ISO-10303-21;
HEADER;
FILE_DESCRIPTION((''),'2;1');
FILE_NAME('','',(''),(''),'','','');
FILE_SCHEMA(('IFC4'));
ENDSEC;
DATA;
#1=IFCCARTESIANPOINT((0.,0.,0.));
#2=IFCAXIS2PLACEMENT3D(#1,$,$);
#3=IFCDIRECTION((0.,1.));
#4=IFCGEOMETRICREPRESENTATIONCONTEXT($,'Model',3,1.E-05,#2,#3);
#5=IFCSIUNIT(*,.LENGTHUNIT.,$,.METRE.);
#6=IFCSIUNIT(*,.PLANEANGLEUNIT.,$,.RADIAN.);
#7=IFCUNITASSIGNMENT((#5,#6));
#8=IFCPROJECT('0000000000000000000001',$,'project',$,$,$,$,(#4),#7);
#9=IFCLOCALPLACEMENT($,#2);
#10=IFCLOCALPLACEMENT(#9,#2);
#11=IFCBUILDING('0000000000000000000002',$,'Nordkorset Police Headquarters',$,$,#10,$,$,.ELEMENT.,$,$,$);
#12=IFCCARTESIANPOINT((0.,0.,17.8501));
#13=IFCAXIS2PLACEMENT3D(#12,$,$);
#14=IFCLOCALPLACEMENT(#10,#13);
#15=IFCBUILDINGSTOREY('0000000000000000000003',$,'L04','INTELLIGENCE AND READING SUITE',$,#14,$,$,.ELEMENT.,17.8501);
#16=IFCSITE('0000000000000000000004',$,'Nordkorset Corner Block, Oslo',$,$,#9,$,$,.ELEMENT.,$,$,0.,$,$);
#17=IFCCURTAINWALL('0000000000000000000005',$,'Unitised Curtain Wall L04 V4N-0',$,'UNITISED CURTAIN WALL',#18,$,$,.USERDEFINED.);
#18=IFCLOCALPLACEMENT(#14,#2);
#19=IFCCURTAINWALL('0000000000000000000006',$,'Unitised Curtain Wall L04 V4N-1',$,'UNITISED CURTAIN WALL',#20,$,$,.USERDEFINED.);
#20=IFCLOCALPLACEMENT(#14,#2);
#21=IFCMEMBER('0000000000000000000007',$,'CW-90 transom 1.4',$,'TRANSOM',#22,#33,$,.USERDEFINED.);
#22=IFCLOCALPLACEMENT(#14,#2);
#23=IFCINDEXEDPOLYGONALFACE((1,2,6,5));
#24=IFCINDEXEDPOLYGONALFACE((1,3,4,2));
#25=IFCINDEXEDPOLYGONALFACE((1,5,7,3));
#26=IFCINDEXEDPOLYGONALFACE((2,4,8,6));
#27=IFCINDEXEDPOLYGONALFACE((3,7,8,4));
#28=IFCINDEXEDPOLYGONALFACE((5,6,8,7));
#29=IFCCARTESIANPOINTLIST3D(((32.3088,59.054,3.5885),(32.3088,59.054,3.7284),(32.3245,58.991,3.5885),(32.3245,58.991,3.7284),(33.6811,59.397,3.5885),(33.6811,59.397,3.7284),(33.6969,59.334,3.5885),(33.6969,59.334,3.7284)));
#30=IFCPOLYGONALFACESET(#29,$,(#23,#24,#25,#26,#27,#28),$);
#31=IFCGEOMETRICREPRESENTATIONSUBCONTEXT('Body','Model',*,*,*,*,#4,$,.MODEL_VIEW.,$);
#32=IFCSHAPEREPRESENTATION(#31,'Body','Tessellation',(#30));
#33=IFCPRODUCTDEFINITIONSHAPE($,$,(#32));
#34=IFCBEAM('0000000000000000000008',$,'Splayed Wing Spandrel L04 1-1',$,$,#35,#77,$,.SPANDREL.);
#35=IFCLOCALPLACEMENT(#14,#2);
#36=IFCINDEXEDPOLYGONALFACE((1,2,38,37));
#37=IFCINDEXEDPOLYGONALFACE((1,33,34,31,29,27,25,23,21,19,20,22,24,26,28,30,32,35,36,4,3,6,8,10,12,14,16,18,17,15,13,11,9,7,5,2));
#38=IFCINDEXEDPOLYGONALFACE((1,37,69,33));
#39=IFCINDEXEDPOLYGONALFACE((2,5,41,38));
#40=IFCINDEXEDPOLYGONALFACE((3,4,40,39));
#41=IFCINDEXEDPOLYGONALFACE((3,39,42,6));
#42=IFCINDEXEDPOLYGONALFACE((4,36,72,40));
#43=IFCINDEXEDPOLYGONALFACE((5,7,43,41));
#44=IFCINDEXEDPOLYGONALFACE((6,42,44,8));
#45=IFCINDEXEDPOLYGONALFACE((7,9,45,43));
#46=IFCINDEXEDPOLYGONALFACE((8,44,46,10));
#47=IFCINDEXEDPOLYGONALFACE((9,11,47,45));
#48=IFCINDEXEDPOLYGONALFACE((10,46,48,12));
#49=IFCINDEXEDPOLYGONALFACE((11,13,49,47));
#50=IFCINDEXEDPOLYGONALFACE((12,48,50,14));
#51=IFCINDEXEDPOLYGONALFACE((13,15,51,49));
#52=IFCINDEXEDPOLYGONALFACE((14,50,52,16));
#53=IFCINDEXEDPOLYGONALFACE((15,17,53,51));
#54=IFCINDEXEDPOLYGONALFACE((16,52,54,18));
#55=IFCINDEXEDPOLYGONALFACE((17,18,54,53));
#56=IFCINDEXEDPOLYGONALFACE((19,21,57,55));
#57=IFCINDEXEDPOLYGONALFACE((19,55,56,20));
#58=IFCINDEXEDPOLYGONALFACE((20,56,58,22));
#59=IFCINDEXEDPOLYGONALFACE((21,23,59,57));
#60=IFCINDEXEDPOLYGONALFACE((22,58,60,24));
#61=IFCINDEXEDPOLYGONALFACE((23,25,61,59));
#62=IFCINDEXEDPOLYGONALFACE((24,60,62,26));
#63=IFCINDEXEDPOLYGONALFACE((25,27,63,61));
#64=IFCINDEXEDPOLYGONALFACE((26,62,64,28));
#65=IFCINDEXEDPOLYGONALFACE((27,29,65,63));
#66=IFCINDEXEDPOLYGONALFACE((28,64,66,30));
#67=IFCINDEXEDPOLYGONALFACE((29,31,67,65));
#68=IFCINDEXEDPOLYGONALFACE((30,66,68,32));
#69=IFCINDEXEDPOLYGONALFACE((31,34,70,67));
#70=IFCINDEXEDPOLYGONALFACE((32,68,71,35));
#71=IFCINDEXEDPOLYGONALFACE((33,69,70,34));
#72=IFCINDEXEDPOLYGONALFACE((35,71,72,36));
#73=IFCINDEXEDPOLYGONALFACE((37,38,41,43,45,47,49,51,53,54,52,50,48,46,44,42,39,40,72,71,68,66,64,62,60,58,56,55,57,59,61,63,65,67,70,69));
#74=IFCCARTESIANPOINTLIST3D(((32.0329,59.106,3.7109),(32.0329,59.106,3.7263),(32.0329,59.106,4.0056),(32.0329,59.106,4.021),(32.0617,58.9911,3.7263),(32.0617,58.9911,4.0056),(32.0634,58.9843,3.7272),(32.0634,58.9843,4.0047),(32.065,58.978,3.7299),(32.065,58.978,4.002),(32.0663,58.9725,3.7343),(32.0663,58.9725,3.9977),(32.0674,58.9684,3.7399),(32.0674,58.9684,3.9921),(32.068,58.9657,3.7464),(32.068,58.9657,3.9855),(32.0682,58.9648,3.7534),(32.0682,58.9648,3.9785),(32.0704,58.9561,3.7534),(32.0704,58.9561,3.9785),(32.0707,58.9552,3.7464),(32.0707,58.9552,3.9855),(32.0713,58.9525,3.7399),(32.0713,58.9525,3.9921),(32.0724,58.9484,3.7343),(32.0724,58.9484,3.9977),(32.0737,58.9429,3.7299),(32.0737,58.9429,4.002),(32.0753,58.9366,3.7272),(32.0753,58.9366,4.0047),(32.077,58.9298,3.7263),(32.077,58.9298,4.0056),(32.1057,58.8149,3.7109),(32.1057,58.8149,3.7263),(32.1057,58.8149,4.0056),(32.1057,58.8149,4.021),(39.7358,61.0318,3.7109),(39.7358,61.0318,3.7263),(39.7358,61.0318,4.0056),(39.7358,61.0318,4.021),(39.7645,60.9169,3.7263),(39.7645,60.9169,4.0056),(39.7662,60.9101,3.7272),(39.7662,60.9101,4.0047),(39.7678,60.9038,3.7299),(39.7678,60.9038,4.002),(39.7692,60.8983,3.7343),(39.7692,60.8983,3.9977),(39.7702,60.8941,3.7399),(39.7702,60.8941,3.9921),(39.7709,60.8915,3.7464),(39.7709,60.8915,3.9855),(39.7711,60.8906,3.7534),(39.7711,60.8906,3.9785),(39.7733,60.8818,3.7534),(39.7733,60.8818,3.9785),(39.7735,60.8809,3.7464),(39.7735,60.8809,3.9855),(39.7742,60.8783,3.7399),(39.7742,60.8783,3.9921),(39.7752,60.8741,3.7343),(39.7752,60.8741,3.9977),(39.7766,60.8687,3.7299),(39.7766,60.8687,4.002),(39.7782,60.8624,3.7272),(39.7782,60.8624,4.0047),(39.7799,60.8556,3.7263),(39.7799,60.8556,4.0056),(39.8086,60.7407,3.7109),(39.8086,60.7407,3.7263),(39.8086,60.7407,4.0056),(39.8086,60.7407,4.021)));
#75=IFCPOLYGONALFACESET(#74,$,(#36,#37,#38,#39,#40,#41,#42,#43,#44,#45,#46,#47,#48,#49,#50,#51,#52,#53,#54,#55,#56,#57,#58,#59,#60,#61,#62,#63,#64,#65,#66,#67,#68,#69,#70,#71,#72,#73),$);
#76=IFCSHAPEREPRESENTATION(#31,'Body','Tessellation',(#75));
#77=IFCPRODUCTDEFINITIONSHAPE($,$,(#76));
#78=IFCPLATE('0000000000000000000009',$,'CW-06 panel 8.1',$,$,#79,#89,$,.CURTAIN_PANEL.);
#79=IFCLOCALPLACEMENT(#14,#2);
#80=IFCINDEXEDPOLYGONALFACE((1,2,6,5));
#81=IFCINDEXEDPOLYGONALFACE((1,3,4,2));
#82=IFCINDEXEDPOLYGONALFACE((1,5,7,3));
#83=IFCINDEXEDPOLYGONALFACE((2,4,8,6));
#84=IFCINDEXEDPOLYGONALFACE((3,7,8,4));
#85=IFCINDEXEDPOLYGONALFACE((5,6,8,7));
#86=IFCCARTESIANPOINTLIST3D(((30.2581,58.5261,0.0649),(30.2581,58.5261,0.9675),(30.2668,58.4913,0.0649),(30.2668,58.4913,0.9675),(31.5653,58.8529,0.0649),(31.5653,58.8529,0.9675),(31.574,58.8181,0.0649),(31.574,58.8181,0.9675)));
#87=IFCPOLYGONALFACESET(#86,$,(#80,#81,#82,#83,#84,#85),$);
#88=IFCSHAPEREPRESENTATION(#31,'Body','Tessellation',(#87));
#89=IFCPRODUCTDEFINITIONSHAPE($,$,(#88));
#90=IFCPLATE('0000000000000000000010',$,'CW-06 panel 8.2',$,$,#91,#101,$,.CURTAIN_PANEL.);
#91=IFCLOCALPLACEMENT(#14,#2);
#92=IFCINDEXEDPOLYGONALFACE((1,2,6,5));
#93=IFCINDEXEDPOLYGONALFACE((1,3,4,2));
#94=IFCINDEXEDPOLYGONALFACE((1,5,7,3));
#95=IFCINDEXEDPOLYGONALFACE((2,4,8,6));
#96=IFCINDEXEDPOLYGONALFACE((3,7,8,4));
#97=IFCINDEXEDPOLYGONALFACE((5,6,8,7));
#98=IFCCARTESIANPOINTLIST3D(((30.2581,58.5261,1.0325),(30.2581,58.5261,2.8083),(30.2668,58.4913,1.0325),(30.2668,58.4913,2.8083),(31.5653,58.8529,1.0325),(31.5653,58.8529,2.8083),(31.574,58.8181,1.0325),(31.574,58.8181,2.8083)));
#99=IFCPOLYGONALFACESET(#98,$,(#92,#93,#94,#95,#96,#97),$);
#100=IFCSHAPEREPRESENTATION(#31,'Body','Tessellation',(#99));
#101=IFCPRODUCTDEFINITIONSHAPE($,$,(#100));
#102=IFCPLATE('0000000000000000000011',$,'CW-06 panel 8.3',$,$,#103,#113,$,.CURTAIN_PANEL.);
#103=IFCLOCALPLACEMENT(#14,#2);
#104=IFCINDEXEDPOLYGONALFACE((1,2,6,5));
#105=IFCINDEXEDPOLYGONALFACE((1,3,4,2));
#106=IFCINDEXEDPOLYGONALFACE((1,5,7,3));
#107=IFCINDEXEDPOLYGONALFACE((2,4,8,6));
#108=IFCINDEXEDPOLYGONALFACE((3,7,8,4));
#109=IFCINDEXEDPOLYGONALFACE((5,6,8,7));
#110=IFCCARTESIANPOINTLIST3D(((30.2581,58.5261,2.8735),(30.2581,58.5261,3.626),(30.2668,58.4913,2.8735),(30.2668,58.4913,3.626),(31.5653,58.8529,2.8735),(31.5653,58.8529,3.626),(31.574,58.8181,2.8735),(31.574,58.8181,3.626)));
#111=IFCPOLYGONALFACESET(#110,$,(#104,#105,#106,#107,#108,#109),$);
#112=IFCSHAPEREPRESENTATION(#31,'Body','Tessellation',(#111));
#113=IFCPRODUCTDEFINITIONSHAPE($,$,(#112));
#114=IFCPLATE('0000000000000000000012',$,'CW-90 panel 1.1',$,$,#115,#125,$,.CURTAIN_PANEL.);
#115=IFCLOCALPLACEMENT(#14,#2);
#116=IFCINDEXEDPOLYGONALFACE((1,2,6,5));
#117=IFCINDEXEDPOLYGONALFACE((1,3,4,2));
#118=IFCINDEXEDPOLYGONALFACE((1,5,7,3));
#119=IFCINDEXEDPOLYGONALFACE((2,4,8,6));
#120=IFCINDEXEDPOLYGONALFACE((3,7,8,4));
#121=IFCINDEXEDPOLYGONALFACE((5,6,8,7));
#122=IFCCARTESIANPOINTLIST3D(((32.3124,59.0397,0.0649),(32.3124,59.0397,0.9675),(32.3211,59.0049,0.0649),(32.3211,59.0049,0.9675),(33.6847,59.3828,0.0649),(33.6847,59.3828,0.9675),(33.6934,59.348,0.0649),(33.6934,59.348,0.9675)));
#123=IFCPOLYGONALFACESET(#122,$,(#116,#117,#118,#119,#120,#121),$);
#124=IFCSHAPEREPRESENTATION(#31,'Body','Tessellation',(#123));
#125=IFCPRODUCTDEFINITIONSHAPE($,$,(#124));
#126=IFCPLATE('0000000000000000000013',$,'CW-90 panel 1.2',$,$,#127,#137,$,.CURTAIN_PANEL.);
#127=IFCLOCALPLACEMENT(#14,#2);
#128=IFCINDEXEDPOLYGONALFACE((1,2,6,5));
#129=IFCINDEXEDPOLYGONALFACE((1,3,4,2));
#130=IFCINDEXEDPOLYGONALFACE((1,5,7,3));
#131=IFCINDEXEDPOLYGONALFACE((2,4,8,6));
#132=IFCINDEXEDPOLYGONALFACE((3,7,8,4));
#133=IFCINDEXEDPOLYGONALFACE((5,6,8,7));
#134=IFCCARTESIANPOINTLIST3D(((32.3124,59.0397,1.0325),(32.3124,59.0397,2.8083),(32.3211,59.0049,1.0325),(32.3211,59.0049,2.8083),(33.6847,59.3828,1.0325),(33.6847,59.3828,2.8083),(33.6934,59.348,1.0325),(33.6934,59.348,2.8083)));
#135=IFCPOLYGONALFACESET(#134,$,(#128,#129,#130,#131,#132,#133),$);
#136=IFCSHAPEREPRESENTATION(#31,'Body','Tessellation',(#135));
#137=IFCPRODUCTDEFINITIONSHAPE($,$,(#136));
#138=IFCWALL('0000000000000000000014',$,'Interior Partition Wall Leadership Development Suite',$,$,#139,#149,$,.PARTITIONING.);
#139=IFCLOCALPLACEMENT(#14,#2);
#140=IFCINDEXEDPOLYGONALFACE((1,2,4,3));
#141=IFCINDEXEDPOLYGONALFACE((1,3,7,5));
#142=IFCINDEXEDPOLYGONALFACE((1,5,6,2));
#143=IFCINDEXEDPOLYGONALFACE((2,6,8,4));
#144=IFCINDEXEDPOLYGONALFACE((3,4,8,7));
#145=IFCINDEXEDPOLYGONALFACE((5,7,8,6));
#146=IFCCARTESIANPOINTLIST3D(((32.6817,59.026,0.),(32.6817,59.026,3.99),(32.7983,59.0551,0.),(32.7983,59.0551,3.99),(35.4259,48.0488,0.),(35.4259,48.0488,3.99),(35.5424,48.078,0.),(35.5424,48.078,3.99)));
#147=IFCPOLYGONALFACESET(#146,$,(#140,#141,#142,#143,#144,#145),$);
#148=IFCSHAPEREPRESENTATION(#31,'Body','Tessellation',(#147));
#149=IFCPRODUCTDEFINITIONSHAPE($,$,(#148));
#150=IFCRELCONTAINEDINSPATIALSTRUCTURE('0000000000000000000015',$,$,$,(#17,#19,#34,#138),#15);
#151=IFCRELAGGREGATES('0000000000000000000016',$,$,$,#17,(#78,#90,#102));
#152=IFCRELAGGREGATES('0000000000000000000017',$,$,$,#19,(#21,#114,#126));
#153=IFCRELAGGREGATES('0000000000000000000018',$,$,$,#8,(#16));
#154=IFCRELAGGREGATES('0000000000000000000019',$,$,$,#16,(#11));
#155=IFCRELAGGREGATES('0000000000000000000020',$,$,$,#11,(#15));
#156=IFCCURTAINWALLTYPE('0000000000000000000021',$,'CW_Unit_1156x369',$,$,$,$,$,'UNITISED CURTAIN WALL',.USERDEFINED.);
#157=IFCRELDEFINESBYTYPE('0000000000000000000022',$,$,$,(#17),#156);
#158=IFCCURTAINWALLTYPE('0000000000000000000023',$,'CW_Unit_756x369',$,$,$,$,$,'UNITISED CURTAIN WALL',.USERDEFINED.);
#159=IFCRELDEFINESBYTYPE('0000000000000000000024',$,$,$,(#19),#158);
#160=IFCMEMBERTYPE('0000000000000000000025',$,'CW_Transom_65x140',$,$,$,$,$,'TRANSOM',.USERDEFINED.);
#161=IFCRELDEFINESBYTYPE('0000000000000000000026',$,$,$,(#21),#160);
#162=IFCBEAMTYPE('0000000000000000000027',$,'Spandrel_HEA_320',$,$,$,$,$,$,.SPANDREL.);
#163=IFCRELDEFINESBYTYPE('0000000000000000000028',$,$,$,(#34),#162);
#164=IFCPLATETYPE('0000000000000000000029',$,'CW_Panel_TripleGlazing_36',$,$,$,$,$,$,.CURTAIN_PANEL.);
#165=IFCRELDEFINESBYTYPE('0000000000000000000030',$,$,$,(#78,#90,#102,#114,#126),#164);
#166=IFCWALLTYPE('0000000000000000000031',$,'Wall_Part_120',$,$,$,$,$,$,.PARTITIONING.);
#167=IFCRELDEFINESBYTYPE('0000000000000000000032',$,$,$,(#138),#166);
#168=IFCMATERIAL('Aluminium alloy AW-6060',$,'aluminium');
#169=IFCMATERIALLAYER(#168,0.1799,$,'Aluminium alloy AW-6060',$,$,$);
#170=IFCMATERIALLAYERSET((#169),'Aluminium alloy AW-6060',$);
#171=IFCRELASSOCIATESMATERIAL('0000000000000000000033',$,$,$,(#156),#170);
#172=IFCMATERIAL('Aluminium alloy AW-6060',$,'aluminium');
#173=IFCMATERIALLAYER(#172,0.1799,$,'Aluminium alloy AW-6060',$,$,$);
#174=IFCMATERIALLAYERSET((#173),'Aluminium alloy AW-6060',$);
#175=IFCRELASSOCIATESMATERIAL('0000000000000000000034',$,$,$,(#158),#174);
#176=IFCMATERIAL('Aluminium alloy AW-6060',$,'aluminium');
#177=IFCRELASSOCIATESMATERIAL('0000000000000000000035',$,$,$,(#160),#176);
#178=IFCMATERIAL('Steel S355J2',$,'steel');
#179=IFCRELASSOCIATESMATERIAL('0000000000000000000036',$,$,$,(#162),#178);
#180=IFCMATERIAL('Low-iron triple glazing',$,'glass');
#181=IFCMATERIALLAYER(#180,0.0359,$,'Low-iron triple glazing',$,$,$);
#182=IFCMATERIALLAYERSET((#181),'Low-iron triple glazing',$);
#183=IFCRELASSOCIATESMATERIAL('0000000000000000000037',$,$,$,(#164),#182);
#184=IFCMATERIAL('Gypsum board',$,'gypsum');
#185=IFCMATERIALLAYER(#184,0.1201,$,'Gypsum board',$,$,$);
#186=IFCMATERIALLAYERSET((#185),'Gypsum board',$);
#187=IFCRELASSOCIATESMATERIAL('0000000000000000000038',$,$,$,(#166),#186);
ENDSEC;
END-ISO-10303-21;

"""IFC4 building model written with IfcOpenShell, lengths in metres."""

from ifc_helpers import new_model, si_unit, direction, frame, frame_2d, origin, origin_2d, place, context, subcontext, project, spatial, rectangle, i_section, extrude, material, layer, layer_set, material_profile, profile_set, type_object, element, aggregate, save


model = new_model("IFC4")

# Units and contexts
model_context = context("Model", 3, precision=1e-05, world=origin(), true_north=direction((0.0, 1.0)))
body_context = subcontext(model_context, "Body", "Model", "MODEL_VIEW")
ifc_project = project(units=[si_unit("LENGTHUNIT", "METRE"), si_unit("PLANEANGLEUNIT", "RADIAN")], contexts=[model_context])

# Site, building, storey
site_placement = place(None, origin())
site = spatial("IfcSite", under=ifc_project, at=site_placement, Name="Nordkorset Corner Block, Oslo", CompositionType="ELEMENT", RefElevation=0.0)
building_placement = place(site_placement, origin())
building = spatial("IfcBuilding", under=site, at=building_placement, Name="Nordkorset Police Headquarters", CompositionType="ELEMENT")
storey_placement = place(building_placement, frame((0.0, 0.0, 17.8501)))
storey = spatial("IfcBuildingStorey", under=building, at=storey_placement, Name="L04", Description="INTELLIGENCE AND READING SUITE", CompositionType="ELEMENT", Elevation=17.8501)

# Curtain wall
ifc_material_1 = material(Name="Aluminium alloy AW-6060", Category="aluminium")
ifc_layer_1 = layer(ifc_material_1, 0.1799, Name="Aluminium alloy AW-6060")
ifc_layer_set_1 = layer_set([ifc_layer_1], Name="Aluminium alloy AW-6060")
curtain_wall_type_1 = type_object("IfcCurtainWallType", Name="CW_Unit_1156x369", ElementType="UNITISED CURTAIN WALL", PredefinedType="USERDEFINED", material=ifc_layer_set_1)
curtain_wall_1_placement = place(storey_placement, origin())
curtain_wall_1 = element("IfcCurtainWall", 1, at=curtain_wall_1_placement, inside=storey, type_object=curtain_wall_type_1, Name="Unitised Curtain Wall L04 V4N-0", ObjectType="UNITISED CURTAIN WALL", PredefinedType="USERDEFINED")

# Curtain wall
ifc_material_2 = material(Name="Aluminium alloy AW-6060", Category="aluminium")
ifc_layer_2 = layer(ifc_material_2, 0.1799, Name="Aluminium alloy AW-6060")
ifc_layer_set_2 = layer_set([ifc_layer_2], Name="Aluminium alloy AW-6060")
curtain_wall_type_2 = type_object("IfcCurtainWallType", Name="CW_Unit_756x369", ElementType="UNITISED CURTAIN WALL", PredefinedType="USERDEFINED", material=ifc_layer_set_2)
curtain_wall_2_placement = place(storey_placement, origin())
curtain_wall_2 = element("IfcCurtainWall", 2, at=curtain_wall_2_placement, inside=storey, type_object=curtain_wall_type_2, Name="Unitised Curtain Wall L04 V4N-1", ObjectType="UNITISED CURTAIN WALL", PredefinedType="USERDEFINED")

# Member
ifc_material_3 = material(Name="Aluminium alloy AW-6060", Category="aluminium")
ifc_material_profile_1 = material_profile(ifc_material_3, rectangle(XDim=0.0649, YDim=0.1399, at=origin_2d()), Name="ALU TRAN 65x140")
ifc_profile_set_1 = profile_set([ifc_material_profile_1], Name="Aluminium alloy AW-6060")
member_type_1 = type_object("IfcMemberType", Name="CW_Transom_65x140", ElementType="TRANSOM", PredefinedType="USERDEFINED", material=ifc_profile_set_1)
member_1_placement = place(storey_placement, frame((32.3167, 59.0225, 3.6584), z_axis=(0.970153, 0.242495, 0.0), x_axis=(-0.242495, 0.970153, 0.0)))
member_1 = element("IfcMember", 3, at=member_1_placement, type_object=member_type_1, Name="CW-90 transom 1.4", ObjectType="TRANSOM", PredefinedType="USERDEFINED", context=body_context, shape_type="SweptSolid", body=[
    extrude(rectangle(XDim=0.0649, YDim=0.1399, at=origin_2d()), origin(), (0.0, 0.0, 1.0), 1.4146),
])

# Beam
ifc_material_4 = material(Name="Steel S355J2", Category="steel")
ifc_material_profile_2 = material_profile(ifc_material_4, i_section(OverallWidth=0.3, OverallDepth=0.3101, WebThickness=0.009, FlangeThickness=0.0154, FilletRadius=0.0271, at=origin_2d()), Name="HEA 320")
ifc_profile_set_2 = profile_set([ifc_material_profile_2], Name="Steel S355J2")
beam_type = type_object("IfcBeamType", Name="Spandrel_HEA_320", PredefinedType="SPANDREL", material=ifc_profile_set_2)
beam_placement = place(storey_placement, frame((32.0693, 58.9604, 3.866), z_axis=(0.970141, 0.242543, 0.0), x_axis=(-0.242543, 0.970141, 0.0)))
element("IfcBeam", 4, at=beam_placement, inside=storey, type_object=beam_type, Name="Splayed Wing Spandrel L04 1-1", PredefinedType="SPANDREL", context=body_context, shape_type="SweptSolid", body=[
    extrude(i_section(OverallWidth=0.3, OverallDepth=0.3101, WebThickness=0.009, FlangeThickness=0.0154, FilletRadius=0.0271, at=origin_2d()), origin(), (0.0, 0.0, 1.0), 7.9399),
])

# Plates
ifc_material_5 = material(Name="Low-iron triple glazing", Category="glass")
ifc_layer_3 = layer(ifc_material_5, 0.0359, Name="Low-iron triple glazing")
ifc_layer_set_3 = layer_set([ifc_layer_3], Name="Low-iron triple glazing")
plate_type = type_object("IfcPlateType", Name="CW_Panel_TripleGlazing_36", PredefinedType="CURTAIN_PANEL", material=ifc_layer_set_3)
plate_1_placement = place(storey_placement, frame((30.916, 58.6721, 0.0649), z_axis=(0.0, 0.0, 1.0), x_axis=(0.970142, 0.242536, 0.0)))
plate_1 = element("IfcPlate", 5, at=plate_1_placement, type_object=plate_type, Name="CW-06 panel 8.1", PredefinedType="CURTAIN_PANEL", context=body_context, shape_type="SweptSolid", body=[
    extrude(rectangle(XDim=1.3474, YDim=0.0359, at=origin_2d()), origin(), (0.0, 0.0, 1.0), 0.9026),
])
plate_2_placement = place(storey_placement, frame((30.916, 58.6721, 1.0325), z_axis=(0.0, 0.0, 1.0), x_axis=(0.970142, 0.242536, 0.0)))
plate_2 = element("IfcPlate", 6, at=plate_2_placement, type_object=plate_type, Name="CW-06 panel 8.2", PredefinedType="CURTAIN_PANEL", context=body_context, shape_type="SweptSolid", body=[
    extrude(rectangle(XDim=1.3474, YDim=0.0359, at=origin_2d()), origin(), (0.0, 0.0, 1.0), 1.7759),
])
plate_3_placement = place(storey_placement, frame((30.916, 58.6721, 2.8735), z_axis=(0.0, 0.0, 1.0), x_axis=(0.970142, 0.242536, 0.0)))
plate_3 = element("IfcPlate", 7, at=plate_3_placement, type_object=plate_type, Name="CW-06 panel 8.3", PredefinedType="CURTAIN_PANEL", context=body_context, shape_type="SweptSolid", body=[
    extrude(rectangle(XDim=1.3474, YDim=0.0359, at=origin_2d()), origin(), (0.0, 0.0, 1.0), 0.7524),
])
aggregate(curtain_wall_1, [plate_1, plate_2, plate_3])
plate_4_placement = place(storey_placement, frame((33.0029, 59.1938, 0.0649), z_axis=(0.0, 0.0, 1.0), x_axis=(0.970143, 0.242536, 0.0)))
plate_4 = element("IfcPlate", 8, at=plate_4_placement, type_object=plate_type, Name="CW-90 panel 1.1", PredefinedType="CURTAIN_PANEL", context=body_context, shape_type="SweptSolid", body=[
    extrude(rectangle(XDim=1.4146, YDim=0.0359, at=origin_2d()), origin(), (0.0, 0.0, 1.0), 0.9026),
])
plate_5_placement = place(storey_placement, frame((33.0029, 59.1938, 1.0325), z_axis=(0.0, 0.0, 1.0), x_axis=(0.970143, 0.242536, 0.0)))
plate_5 = element("IfcPlate", 9, at=plate_5_placement, type_object=plate_type, Name="CW-90 panel 1.2", PredefinedType="CURTAIN_PANEL", context=body_context, shape_type="SweptSolid", body=[
    extrude(rectangle(XDim=1.4146, YDim=0.0359, at=origin_2d()), origin(), (0.0, 0.0, 1.0), 1.7759),
])
aggregate(curtain_wall_2, [member_1, plate_4, plate_5])

# Wall
ifc_material_6 = material(Name="Gypsum board", Category="gypsum")
ifc_layer_4 = layer(ifc_material_6, 0.1201, Name="Gypsum board")
ifc_layer_set_4 = layer_set([ifc_layer_4], Name="Gypsum board")
wall_type = type_object("IfcWallType", Name="Wall_Part_120", PredefinedType="PARTITIONING", material=ifc_layer_set_4)
wall_placement = place(storey_placement, frame((32.74, 59.0405, 0.0), z_axis=(0.0, 0.0, 1.0), x_axis=(0.242525, -0.970145, 0.0)))
element("IfcWall", 10, at=wall_placement, inside=storey, type_object=wall_type, Name="Interior Partition Wall Leadership Development Suite", PredefinedType="PARTITIONING", context=body_context, shape_type="SweptSolid", body=[
    extrude(rectangle(XDim=11.3149, YDim=0.1201, at=frame_2d((5.6575, 0.0))), origin(), (0.0, 0.0, 1.0), 3.99),
])

save(model, "model.ifc")
